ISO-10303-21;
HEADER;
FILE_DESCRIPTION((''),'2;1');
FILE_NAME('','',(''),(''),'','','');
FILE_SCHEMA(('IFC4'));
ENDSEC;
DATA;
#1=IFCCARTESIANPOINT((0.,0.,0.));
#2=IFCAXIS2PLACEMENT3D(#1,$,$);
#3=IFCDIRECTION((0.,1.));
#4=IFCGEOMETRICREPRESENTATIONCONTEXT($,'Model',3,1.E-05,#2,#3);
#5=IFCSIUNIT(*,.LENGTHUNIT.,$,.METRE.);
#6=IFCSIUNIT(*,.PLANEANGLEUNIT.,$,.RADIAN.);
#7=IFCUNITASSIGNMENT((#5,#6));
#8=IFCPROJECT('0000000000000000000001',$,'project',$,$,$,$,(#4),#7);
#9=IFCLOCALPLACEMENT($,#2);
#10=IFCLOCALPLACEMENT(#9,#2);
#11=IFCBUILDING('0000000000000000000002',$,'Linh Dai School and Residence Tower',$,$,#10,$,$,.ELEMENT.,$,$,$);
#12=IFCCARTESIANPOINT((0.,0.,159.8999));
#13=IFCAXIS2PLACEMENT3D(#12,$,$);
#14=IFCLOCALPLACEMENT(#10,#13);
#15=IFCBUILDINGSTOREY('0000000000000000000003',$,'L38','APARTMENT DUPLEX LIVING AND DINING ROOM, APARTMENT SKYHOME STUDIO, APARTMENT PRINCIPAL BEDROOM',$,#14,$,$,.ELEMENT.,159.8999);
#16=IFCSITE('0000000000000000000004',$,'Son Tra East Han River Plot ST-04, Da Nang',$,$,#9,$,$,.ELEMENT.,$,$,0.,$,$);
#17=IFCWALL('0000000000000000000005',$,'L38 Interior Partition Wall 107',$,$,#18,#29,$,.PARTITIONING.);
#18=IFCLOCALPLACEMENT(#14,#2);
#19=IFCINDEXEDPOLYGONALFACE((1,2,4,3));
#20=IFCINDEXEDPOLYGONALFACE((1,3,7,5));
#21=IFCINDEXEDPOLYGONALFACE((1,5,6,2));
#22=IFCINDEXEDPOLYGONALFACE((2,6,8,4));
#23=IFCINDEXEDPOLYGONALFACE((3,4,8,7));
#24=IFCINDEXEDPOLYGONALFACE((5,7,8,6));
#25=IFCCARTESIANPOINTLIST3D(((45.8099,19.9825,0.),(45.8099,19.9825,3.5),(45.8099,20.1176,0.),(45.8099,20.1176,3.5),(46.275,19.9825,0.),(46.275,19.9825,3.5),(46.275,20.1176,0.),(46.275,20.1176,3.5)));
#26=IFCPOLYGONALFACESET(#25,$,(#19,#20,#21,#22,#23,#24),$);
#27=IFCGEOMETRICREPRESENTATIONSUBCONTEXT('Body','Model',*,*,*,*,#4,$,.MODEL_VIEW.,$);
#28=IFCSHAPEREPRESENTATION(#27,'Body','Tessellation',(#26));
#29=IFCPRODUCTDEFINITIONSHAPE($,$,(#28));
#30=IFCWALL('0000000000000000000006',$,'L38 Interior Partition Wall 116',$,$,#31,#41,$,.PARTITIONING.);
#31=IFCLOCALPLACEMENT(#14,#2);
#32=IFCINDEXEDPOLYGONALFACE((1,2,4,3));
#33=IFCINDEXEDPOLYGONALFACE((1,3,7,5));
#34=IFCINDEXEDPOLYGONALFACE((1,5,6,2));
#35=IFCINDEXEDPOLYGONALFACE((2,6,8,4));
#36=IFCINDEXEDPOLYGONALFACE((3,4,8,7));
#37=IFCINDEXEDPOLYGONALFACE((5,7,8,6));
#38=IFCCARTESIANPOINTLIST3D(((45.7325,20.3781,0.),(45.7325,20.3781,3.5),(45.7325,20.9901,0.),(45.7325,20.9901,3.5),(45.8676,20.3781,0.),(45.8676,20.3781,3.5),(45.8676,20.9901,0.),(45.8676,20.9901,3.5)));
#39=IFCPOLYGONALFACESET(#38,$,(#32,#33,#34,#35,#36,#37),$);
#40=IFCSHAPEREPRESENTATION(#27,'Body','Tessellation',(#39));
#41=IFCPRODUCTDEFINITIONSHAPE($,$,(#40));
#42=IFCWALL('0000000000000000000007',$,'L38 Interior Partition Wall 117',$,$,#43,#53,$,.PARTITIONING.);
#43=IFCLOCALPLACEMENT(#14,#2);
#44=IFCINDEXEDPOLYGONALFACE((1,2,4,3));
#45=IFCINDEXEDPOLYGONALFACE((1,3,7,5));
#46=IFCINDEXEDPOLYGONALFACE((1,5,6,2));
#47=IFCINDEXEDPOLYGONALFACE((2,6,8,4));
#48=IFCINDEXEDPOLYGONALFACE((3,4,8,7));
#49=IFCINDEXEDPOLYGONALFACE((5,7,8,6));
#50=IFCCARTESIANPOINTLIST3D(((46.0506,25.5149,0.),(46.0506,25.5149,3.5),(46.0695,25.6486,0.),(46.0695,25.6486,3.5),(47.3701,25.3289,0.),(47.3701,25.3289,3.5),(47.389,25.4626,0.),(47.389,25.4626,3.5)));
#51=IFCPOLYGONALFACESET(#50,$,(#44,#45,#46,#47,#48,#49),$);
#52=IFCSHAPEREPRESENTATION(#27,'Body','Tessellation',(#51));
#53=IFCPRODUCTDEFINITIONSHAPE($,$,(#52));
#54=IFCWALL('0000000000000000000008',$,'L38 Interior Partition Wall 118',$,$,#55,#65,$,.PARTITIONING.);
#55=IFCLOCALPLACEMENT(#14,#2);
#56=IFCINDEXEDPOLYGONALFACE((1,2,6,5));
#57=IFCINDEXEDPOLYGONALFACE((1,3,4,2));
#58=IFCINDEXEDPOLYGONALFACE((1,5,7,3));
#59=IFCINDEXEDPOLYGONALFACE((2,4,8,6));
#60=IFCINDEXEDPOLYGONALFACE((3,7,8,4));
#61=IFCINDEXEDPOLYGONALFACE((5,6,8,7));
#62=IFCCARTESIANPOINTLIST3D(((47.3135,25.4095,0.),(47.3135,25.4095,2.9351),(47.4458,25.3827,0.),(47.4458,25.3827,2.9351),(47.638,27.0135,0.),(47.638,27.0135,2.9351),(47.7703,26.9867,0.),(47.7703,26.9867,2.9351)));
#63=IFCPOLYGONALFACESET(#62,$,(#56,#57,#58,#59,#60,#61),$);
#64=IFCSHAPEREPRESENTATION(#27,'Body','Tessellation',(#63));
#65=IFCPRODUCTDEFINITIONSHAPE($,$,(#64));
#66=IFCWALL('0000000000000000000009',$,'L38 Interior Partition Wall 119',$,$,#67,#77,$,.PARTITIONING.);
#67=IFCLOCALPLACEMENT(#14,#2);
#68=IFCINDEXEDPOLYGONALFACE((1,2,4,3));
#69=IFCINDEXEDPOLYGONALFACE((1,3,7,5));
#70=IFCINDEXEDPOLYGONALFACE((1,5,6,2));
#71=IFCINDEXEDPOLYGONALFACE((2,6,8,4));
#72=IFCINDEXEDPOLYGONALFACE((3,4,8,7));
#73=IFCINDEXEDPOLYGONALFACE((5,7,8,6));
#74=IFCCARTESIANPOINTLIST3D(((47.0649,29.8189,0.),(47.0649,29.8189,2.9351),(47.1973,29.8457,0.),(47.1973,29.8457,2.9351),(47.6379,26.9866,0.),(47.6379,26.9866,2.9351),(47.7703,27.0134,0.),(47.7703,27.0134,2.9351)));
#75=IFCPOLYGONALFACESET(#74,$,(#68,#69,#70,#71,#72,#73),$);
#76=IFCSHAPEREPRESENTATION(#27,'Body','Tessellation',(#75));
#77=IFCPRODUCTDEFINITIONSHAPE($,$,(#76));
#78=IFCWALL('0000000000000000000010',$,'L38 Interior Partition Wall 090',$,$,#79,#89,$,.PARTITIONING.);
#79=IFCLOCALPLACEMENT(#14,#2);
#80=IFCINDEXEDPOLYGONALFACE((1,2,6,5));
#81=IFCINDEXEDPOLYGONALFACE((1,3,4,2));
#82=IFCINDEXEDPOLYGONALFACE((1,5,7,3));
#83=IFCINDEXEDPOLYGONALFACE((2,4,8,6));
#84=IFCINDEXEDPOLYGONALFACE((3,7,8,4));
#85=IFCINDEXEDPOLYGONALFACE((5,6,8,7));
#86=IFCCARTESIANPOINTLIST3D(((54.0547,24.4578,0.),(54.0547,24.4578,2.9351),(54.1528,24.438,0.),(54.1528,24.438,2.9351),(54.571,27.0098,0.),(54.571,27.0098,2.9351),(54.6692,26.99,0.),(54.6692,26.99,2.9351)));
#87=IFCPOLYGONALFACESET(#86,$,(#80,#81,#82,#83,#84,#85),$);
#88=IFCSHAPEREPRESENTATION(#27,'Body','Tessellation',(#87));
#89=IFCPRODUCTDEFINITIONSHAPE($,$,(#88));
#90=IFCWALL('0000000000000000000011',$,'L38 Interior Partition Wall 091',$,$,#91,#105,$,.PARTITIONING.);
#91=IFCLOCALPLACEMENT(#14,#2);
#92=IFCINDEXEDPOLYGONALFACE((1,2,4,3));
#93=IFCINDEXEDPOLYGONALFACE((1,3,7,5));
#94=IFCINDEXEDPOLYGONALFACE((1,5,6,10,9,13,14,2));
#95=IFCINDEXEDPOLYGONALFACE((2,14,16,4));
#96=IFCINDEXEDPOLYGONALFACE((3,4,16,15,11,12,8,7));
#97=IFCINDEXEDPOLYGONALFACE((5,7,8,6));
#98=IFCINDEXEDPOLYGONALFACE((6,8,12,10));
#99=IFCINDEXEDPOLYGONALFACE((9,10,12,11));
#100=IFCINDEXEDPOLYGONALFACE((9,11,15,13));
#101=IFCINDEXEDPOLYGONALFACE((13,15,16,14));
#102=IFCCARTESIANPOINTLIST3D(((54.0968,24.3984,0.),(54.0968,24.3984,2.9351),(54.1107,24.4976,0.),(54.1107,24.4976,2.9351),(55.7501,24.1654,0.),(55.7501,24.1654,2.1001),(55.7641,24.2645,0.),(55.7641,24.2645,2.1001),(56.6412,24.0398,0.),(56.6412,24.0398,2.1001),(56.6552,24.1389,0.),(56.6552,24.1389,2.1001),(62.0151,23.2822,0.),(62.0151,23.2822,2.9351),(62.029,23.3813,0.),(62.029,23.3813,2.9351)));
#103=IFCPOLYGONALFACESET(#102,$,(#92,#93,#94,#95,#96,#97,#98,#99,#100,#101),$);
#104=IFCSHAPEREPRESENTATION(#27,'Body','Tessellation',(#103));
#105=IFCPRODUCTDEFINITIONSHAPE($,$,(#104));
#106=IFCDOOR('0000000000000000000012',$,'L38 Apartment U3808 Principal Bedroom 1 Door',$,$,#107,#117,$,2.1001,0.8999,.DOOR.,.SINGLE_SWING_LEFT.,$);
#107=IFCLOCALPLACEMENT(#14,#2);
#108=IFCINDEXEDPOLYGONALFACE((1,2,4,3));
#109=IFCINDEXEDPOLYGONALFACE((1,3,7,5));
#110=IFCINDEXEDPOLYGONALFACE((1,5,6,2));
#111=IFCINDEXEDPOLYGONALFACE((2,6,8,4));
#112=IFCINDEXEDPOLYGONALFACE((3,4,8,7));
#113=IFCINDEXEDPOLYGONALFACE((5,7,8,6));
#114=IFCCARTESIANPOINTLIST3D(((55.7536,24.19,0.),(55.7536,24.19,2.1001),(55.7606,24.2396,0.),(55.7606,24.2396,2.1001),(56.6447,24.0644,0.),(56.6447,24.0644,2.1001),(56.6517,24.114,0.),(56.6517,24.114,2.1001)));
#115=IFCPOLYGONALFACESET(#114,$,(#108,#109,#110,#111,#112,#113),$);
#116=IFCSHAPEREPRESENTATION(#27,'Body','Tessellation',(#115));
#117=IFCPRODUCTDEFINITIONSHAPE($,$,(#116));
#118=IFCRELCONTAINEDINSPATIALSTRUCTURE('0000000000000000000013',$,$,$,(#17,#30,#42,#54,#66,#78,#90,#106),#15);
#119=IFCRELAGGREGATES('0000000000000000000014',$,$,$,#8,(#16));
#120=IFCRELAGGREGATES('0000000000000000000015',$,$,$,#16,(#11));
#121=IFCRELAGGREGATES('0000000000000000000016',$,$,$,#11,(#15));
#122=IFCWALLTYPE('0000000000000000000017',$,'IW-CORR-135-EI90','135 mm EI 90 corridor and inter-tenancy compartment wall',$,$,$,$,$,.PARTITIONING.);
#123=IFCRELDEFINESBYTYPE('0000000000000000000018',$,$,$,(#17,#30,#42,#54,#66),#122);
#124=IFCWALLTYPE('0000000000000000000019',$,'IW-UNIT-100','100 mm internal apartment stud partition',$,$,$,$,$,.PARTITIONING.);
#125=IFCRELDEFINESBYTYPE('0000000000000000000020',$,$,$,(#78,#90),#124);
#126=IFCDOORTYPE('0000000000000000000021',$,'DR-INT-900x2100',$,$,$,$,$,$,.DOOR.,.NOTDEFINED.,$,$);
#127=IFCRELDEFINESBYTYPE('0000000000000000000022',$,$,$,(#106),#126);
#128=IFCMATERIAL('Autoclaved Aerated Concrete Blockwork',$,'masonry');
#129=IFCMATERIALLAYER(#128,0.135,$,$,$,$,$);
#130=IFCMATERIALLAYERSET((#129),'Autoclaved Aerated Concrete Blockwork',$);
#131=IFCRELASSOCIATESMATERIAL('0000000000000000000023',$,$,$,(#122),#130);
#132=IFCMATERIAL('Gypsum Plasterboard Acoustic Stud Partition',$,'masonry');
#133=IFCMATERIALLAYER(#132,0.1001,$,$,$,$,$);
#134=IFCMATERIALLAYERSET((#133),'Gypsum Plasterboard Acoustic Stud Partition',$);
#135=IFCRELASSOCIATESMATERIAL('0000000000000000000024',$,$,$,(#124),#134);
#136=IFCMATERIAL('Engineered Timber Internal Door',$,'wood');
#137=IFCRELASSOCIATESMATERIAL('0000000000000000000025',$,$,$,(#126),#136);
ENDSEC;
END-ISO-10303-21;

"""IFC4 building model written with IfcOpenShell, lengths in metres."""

from ifc_helpers import new_model, si_unit, direction, frame, frame_2d, origin, origin_2d, place, context, subcontext, project, spatial, rectangle, extrude, source, transform, mapped, material, layer, layer_set, type_object, element, fill, save


model = new_model("IFC4")

# Units and contexts
model_context = context("Model", 3, precision=1e-05, world=origin(), true_north=direction((0.0, 1.0)))
body_context = subcontext(model_context, "Body", "Model", "MODEL_VIEW")
ifc_project = project(units=[si_unit("LENGTHUNIT", "METRE"), si_unit("PLANEANGLEUNIT", "RADIAN")], contexts=[model_context])

# Site, building, storey
site_placement = place(None, origin())
site = spatial("IfcSite", under=ifc_project, at=site_placement, Name="Son Tra East Han River Plot ST-04, Da Nang", CompositionType="ELEMENT", RefElevation=0.0)
building_placement = place(site_placement, origin())
building = spatial("IfcBuilding", under=site, at=building_placement, Name="Linh Dai School and Residence Tower", CompositionType="ELEMENT")
storey_placement = place(building_placement, frame((0.0, 0.0, 159.8999)))
storey = spatial("IfcBuildingStorey", under=building, at=storey_placement, Name="L38", Description="APARTMENT DUPLEX LIVING AND DINING ROOM, APARTMENT SKYHOME STUDIO, APARTMENT PRINCIPAL BEDROOM", CompositionType="ELEMENT", Elevation=159.8999)

# Shared definitions
ifc_material_1 = material(Name="Autoclaved Aerated Concrete Blockwork", Category="masonry")
ifc_layer_1 = layer(ifc_material_1, 0.135)
ifc_layer_set_1 = layer_set([ifc_layer_1], Name="Autoclaved Aerated Concrete Blockwork")
wall_type_1 = type_object("IfcWallType", Name="IW-CORR-135-EI90", Description="135 mm EI 90 corridor and inter-tenancy compartment wall", PredefinedType="PARTITIONING", material=ifc_layer_set_1)

# Walls
wall_1_placement = place(storey_placement, frame((45.8101, 20.05, 0.0), z_axis=(0.0, 0.0, 1.0), x_axis=(1.0, 0.0, 0.0)))
element("IfcWall", 1, at=wall_1_placement, inside=storey, type_object=wall_type_1, Name="L38 Interior Partition Wall 107", PredefinedType="PARTITIONING", context=body_context, shape_type="SweptSolid", body=[
    extrude(rectangle(XDim=0.4651, YDim=0.135, at=frame_2d((0.2324, 0.0))), origin(), (0.0, 0.0, 1.0), 3.5),
])
wall_2_placement = place(storey_placement, frame((45.8, 20.3779, 0.0), z_axis=(0.0, 0.0, 1.0), x_axis=(0.0, 1.0, 0.0)))
element("IfcWall", 2, at=wall_2_placement, inside=storey, type_object=wall_type_1, Name="L38 Interior Partition Wall 116", PredefinedType="PARTITIONING", context=body_context, shape_type="SweptSolid", body=[
    extrude(rectangle(XDim=0.6121, YDim=0.135, at=frame_2d((0.3062, 0.0))), origin(), (0.0, 0.0, 1.0), 3.5),
])
wall_3_placement = place(storey_placement, frame((46.0601, 25.5818, 0.0), z_axis=(0.0, 0.0, 1.0), x_axis=(0.990208, -0.1396, 0.0)))
element("IfcWall", 3, at=wall_3_placement, inside=storey, type_object=wall_type_1, Name="L38 Interior Partition Wall 117", PredefinedType="PARTITIONING", context=body_context, shape_type="SweptSolid", body=[
    extrude(rectangle(XDim=1.3325, YDim=0.135, at=frame_2d((0.6663, 0.0))), origin(), (0.0, 0.0, 1.0), 3.5),
])
wall_4_placement = place(storey_placement, frame((47.3796, 25.396, 0.0), z_axis=(0.0, 0.0, 1.0), x_axis=(0.198267, 0.980148, 0.0)))
element("IfcWall", 4, at=wall_4_placement, inside=storey, type_object=wall_type_1, Name="L38 Interior Partition Wall 118", PredefinedType="PARTITIONING", context=body_context, shape_type="SweptSolid", body=[
    extrude(rectangle(XDim=1.6365, YDim=0.135, at=frame_2d((0.8184, 0.0))), origin(), (0.0, 0.0, 1.0), 2.9351),
])
wall_5_placement = place(storey_placement, frame((47.7041, 27.0, 0.0), z_axis=(0.0, 0.0, 1.0), x_axis=(-0.198293, 0.980143, 0.0)))
element("IfcWall", 5, at=wall_5_placement, inside=storey, type_object=wall_type_1, Name="L38 Interior Partition Wall 119", PredefinedType="PARTITIONING", context=body_context, shape_type="SweptSolid", body=[
    extrude(rectangle(XDim=2.8896, YDim=0.135, at=frame_2d((1.4448, 0.0))), origin(), (0.0, 0.0, 1.0), 2.9351),
])
ifc_material_2 = material(Name="Gypsum Plasterboard Acoustic Stud Partition", Category="masonry")
ifc_layer_2 = layer(ifc_material_2, 0.1001)
ifc_layer_set_2 = layer_set([ifc_layer_2], Name="Gypsum Plasterboard Acoustic Stud Partition")
wall_type_2 = type_object("IfcWallType", Name="IW-UNIT-100", Description="100 mm internal apartment stud partition", PredefinedType="PARTITIONING", material=ifc_layer_set_2)
wall_6_placement = place(storey_placement, frame((54.1038, 24.448, 0.0), z_axis=(0.0, 0.0, 1.0), x_axis=(0.198316, 0.980138, 0.0)))
element("IfcWall", 6, at=wall_6_placement, inside=storey, type_object=wall_type_2, Name="L38 Interior Partition Wall 090", PredefinedType="PARTITIONING", context=body_context, shape_type="SweptSolid", body=[
    extrude(rectangle(XDim=2.6038, YDim=0.1001, at=frame_2d((1.3018, 0.0))), origin(), (0.0, 0.0, 1.0), 2.9351),
])

# Wall, opening, door
wall_7_placement = place(storey_placement, frame((54.1038, 24.448, 0.0), z_axis=(0.0, 0.0, 1.0), x_axis=(0.99021, -0.139587, 0.0)))
wall_7 = element("IfcWall", 7, at=wall_7_placement, inside=storey, type_object=wall_type_2, Name="L38 Interior Partition Wall 091", PredefinedType="PARTITIONING", context=body_context, shape_type="SweptSolid", body=[
    extrude(rectangle(XDim=7.9966, YDim=0.1001, at=frame_2d((3.9983, 0.0))), origin(), (0.0, 0.0, 1.0), 2.9351),
])
opening_1_placement = place(wall_7_placement, frame((1.6697, 0.0, 0.0)))
opening_1 = element("IfcOpeningElement", 8, at=opening_1_placement, cuts=wall_7, PredefinedType="OPENING", context=body_context, shape_type="SweptSolid", body=[
    extrude(rectangle(XDim=0.8999, YDim=2.1001, at=origin_2d()), frame((0.45, 0.0601, 1.05), z_axis=(0.0, -1.0, 0.0), x_axis=(1.0, 0.0, 0.0)), (0.0, 0.0, 1.0), 0.1201),
])
ifc_material_3 = material(Name="Engineered Timber Internal Door", Category="wood")
door_type_1 = type_object("IfcDoorType", Name="DR-INT-900x2100", OperationType="NOTDEFINED", PredefinedType="DOOR", material=ifc_material_3)
shared_shape_1 = source(origin(), body_context, "Body", "SweptSolid", [
    extrude(rectangle(XDim=0.8999, YDim=2.1001, at=origin_2d()), frame((0.45, 0.0249, 1.05), z_axis=(0.0, -1.0, 0.0), x_axis=(1.0, 0.0, 0.0)), (0.0, 0.0, 1.0), 0.05),
])
door_1_placement = place(opening_1_placement, origin())
door_1 = element("IfcDoor", 9, at=door_1_placement, inside=storey, type_object=door_type_1, Name="L38 Apartment U3808 Principal Bedroom 1 Door", OperationType="SINGLE_SWING_LEFT", OverallHeight=2.1001, OverallWidth=0.8999, PredefinedType="DOOR", context=body_context, shape_type="MappedRepresentation", body=[
    mapped(shared_shape_1, transform((0.0, 0.0, 0.0), x_axis=(1.0, 0.0, 0.0), y_axis=(0.0, 1.0, 0.0), z_axis=(0.0, 0.0, 1.0), scale=1.0)),
])
fill(opening_1, door_1)

save(model, "model.ifc")
